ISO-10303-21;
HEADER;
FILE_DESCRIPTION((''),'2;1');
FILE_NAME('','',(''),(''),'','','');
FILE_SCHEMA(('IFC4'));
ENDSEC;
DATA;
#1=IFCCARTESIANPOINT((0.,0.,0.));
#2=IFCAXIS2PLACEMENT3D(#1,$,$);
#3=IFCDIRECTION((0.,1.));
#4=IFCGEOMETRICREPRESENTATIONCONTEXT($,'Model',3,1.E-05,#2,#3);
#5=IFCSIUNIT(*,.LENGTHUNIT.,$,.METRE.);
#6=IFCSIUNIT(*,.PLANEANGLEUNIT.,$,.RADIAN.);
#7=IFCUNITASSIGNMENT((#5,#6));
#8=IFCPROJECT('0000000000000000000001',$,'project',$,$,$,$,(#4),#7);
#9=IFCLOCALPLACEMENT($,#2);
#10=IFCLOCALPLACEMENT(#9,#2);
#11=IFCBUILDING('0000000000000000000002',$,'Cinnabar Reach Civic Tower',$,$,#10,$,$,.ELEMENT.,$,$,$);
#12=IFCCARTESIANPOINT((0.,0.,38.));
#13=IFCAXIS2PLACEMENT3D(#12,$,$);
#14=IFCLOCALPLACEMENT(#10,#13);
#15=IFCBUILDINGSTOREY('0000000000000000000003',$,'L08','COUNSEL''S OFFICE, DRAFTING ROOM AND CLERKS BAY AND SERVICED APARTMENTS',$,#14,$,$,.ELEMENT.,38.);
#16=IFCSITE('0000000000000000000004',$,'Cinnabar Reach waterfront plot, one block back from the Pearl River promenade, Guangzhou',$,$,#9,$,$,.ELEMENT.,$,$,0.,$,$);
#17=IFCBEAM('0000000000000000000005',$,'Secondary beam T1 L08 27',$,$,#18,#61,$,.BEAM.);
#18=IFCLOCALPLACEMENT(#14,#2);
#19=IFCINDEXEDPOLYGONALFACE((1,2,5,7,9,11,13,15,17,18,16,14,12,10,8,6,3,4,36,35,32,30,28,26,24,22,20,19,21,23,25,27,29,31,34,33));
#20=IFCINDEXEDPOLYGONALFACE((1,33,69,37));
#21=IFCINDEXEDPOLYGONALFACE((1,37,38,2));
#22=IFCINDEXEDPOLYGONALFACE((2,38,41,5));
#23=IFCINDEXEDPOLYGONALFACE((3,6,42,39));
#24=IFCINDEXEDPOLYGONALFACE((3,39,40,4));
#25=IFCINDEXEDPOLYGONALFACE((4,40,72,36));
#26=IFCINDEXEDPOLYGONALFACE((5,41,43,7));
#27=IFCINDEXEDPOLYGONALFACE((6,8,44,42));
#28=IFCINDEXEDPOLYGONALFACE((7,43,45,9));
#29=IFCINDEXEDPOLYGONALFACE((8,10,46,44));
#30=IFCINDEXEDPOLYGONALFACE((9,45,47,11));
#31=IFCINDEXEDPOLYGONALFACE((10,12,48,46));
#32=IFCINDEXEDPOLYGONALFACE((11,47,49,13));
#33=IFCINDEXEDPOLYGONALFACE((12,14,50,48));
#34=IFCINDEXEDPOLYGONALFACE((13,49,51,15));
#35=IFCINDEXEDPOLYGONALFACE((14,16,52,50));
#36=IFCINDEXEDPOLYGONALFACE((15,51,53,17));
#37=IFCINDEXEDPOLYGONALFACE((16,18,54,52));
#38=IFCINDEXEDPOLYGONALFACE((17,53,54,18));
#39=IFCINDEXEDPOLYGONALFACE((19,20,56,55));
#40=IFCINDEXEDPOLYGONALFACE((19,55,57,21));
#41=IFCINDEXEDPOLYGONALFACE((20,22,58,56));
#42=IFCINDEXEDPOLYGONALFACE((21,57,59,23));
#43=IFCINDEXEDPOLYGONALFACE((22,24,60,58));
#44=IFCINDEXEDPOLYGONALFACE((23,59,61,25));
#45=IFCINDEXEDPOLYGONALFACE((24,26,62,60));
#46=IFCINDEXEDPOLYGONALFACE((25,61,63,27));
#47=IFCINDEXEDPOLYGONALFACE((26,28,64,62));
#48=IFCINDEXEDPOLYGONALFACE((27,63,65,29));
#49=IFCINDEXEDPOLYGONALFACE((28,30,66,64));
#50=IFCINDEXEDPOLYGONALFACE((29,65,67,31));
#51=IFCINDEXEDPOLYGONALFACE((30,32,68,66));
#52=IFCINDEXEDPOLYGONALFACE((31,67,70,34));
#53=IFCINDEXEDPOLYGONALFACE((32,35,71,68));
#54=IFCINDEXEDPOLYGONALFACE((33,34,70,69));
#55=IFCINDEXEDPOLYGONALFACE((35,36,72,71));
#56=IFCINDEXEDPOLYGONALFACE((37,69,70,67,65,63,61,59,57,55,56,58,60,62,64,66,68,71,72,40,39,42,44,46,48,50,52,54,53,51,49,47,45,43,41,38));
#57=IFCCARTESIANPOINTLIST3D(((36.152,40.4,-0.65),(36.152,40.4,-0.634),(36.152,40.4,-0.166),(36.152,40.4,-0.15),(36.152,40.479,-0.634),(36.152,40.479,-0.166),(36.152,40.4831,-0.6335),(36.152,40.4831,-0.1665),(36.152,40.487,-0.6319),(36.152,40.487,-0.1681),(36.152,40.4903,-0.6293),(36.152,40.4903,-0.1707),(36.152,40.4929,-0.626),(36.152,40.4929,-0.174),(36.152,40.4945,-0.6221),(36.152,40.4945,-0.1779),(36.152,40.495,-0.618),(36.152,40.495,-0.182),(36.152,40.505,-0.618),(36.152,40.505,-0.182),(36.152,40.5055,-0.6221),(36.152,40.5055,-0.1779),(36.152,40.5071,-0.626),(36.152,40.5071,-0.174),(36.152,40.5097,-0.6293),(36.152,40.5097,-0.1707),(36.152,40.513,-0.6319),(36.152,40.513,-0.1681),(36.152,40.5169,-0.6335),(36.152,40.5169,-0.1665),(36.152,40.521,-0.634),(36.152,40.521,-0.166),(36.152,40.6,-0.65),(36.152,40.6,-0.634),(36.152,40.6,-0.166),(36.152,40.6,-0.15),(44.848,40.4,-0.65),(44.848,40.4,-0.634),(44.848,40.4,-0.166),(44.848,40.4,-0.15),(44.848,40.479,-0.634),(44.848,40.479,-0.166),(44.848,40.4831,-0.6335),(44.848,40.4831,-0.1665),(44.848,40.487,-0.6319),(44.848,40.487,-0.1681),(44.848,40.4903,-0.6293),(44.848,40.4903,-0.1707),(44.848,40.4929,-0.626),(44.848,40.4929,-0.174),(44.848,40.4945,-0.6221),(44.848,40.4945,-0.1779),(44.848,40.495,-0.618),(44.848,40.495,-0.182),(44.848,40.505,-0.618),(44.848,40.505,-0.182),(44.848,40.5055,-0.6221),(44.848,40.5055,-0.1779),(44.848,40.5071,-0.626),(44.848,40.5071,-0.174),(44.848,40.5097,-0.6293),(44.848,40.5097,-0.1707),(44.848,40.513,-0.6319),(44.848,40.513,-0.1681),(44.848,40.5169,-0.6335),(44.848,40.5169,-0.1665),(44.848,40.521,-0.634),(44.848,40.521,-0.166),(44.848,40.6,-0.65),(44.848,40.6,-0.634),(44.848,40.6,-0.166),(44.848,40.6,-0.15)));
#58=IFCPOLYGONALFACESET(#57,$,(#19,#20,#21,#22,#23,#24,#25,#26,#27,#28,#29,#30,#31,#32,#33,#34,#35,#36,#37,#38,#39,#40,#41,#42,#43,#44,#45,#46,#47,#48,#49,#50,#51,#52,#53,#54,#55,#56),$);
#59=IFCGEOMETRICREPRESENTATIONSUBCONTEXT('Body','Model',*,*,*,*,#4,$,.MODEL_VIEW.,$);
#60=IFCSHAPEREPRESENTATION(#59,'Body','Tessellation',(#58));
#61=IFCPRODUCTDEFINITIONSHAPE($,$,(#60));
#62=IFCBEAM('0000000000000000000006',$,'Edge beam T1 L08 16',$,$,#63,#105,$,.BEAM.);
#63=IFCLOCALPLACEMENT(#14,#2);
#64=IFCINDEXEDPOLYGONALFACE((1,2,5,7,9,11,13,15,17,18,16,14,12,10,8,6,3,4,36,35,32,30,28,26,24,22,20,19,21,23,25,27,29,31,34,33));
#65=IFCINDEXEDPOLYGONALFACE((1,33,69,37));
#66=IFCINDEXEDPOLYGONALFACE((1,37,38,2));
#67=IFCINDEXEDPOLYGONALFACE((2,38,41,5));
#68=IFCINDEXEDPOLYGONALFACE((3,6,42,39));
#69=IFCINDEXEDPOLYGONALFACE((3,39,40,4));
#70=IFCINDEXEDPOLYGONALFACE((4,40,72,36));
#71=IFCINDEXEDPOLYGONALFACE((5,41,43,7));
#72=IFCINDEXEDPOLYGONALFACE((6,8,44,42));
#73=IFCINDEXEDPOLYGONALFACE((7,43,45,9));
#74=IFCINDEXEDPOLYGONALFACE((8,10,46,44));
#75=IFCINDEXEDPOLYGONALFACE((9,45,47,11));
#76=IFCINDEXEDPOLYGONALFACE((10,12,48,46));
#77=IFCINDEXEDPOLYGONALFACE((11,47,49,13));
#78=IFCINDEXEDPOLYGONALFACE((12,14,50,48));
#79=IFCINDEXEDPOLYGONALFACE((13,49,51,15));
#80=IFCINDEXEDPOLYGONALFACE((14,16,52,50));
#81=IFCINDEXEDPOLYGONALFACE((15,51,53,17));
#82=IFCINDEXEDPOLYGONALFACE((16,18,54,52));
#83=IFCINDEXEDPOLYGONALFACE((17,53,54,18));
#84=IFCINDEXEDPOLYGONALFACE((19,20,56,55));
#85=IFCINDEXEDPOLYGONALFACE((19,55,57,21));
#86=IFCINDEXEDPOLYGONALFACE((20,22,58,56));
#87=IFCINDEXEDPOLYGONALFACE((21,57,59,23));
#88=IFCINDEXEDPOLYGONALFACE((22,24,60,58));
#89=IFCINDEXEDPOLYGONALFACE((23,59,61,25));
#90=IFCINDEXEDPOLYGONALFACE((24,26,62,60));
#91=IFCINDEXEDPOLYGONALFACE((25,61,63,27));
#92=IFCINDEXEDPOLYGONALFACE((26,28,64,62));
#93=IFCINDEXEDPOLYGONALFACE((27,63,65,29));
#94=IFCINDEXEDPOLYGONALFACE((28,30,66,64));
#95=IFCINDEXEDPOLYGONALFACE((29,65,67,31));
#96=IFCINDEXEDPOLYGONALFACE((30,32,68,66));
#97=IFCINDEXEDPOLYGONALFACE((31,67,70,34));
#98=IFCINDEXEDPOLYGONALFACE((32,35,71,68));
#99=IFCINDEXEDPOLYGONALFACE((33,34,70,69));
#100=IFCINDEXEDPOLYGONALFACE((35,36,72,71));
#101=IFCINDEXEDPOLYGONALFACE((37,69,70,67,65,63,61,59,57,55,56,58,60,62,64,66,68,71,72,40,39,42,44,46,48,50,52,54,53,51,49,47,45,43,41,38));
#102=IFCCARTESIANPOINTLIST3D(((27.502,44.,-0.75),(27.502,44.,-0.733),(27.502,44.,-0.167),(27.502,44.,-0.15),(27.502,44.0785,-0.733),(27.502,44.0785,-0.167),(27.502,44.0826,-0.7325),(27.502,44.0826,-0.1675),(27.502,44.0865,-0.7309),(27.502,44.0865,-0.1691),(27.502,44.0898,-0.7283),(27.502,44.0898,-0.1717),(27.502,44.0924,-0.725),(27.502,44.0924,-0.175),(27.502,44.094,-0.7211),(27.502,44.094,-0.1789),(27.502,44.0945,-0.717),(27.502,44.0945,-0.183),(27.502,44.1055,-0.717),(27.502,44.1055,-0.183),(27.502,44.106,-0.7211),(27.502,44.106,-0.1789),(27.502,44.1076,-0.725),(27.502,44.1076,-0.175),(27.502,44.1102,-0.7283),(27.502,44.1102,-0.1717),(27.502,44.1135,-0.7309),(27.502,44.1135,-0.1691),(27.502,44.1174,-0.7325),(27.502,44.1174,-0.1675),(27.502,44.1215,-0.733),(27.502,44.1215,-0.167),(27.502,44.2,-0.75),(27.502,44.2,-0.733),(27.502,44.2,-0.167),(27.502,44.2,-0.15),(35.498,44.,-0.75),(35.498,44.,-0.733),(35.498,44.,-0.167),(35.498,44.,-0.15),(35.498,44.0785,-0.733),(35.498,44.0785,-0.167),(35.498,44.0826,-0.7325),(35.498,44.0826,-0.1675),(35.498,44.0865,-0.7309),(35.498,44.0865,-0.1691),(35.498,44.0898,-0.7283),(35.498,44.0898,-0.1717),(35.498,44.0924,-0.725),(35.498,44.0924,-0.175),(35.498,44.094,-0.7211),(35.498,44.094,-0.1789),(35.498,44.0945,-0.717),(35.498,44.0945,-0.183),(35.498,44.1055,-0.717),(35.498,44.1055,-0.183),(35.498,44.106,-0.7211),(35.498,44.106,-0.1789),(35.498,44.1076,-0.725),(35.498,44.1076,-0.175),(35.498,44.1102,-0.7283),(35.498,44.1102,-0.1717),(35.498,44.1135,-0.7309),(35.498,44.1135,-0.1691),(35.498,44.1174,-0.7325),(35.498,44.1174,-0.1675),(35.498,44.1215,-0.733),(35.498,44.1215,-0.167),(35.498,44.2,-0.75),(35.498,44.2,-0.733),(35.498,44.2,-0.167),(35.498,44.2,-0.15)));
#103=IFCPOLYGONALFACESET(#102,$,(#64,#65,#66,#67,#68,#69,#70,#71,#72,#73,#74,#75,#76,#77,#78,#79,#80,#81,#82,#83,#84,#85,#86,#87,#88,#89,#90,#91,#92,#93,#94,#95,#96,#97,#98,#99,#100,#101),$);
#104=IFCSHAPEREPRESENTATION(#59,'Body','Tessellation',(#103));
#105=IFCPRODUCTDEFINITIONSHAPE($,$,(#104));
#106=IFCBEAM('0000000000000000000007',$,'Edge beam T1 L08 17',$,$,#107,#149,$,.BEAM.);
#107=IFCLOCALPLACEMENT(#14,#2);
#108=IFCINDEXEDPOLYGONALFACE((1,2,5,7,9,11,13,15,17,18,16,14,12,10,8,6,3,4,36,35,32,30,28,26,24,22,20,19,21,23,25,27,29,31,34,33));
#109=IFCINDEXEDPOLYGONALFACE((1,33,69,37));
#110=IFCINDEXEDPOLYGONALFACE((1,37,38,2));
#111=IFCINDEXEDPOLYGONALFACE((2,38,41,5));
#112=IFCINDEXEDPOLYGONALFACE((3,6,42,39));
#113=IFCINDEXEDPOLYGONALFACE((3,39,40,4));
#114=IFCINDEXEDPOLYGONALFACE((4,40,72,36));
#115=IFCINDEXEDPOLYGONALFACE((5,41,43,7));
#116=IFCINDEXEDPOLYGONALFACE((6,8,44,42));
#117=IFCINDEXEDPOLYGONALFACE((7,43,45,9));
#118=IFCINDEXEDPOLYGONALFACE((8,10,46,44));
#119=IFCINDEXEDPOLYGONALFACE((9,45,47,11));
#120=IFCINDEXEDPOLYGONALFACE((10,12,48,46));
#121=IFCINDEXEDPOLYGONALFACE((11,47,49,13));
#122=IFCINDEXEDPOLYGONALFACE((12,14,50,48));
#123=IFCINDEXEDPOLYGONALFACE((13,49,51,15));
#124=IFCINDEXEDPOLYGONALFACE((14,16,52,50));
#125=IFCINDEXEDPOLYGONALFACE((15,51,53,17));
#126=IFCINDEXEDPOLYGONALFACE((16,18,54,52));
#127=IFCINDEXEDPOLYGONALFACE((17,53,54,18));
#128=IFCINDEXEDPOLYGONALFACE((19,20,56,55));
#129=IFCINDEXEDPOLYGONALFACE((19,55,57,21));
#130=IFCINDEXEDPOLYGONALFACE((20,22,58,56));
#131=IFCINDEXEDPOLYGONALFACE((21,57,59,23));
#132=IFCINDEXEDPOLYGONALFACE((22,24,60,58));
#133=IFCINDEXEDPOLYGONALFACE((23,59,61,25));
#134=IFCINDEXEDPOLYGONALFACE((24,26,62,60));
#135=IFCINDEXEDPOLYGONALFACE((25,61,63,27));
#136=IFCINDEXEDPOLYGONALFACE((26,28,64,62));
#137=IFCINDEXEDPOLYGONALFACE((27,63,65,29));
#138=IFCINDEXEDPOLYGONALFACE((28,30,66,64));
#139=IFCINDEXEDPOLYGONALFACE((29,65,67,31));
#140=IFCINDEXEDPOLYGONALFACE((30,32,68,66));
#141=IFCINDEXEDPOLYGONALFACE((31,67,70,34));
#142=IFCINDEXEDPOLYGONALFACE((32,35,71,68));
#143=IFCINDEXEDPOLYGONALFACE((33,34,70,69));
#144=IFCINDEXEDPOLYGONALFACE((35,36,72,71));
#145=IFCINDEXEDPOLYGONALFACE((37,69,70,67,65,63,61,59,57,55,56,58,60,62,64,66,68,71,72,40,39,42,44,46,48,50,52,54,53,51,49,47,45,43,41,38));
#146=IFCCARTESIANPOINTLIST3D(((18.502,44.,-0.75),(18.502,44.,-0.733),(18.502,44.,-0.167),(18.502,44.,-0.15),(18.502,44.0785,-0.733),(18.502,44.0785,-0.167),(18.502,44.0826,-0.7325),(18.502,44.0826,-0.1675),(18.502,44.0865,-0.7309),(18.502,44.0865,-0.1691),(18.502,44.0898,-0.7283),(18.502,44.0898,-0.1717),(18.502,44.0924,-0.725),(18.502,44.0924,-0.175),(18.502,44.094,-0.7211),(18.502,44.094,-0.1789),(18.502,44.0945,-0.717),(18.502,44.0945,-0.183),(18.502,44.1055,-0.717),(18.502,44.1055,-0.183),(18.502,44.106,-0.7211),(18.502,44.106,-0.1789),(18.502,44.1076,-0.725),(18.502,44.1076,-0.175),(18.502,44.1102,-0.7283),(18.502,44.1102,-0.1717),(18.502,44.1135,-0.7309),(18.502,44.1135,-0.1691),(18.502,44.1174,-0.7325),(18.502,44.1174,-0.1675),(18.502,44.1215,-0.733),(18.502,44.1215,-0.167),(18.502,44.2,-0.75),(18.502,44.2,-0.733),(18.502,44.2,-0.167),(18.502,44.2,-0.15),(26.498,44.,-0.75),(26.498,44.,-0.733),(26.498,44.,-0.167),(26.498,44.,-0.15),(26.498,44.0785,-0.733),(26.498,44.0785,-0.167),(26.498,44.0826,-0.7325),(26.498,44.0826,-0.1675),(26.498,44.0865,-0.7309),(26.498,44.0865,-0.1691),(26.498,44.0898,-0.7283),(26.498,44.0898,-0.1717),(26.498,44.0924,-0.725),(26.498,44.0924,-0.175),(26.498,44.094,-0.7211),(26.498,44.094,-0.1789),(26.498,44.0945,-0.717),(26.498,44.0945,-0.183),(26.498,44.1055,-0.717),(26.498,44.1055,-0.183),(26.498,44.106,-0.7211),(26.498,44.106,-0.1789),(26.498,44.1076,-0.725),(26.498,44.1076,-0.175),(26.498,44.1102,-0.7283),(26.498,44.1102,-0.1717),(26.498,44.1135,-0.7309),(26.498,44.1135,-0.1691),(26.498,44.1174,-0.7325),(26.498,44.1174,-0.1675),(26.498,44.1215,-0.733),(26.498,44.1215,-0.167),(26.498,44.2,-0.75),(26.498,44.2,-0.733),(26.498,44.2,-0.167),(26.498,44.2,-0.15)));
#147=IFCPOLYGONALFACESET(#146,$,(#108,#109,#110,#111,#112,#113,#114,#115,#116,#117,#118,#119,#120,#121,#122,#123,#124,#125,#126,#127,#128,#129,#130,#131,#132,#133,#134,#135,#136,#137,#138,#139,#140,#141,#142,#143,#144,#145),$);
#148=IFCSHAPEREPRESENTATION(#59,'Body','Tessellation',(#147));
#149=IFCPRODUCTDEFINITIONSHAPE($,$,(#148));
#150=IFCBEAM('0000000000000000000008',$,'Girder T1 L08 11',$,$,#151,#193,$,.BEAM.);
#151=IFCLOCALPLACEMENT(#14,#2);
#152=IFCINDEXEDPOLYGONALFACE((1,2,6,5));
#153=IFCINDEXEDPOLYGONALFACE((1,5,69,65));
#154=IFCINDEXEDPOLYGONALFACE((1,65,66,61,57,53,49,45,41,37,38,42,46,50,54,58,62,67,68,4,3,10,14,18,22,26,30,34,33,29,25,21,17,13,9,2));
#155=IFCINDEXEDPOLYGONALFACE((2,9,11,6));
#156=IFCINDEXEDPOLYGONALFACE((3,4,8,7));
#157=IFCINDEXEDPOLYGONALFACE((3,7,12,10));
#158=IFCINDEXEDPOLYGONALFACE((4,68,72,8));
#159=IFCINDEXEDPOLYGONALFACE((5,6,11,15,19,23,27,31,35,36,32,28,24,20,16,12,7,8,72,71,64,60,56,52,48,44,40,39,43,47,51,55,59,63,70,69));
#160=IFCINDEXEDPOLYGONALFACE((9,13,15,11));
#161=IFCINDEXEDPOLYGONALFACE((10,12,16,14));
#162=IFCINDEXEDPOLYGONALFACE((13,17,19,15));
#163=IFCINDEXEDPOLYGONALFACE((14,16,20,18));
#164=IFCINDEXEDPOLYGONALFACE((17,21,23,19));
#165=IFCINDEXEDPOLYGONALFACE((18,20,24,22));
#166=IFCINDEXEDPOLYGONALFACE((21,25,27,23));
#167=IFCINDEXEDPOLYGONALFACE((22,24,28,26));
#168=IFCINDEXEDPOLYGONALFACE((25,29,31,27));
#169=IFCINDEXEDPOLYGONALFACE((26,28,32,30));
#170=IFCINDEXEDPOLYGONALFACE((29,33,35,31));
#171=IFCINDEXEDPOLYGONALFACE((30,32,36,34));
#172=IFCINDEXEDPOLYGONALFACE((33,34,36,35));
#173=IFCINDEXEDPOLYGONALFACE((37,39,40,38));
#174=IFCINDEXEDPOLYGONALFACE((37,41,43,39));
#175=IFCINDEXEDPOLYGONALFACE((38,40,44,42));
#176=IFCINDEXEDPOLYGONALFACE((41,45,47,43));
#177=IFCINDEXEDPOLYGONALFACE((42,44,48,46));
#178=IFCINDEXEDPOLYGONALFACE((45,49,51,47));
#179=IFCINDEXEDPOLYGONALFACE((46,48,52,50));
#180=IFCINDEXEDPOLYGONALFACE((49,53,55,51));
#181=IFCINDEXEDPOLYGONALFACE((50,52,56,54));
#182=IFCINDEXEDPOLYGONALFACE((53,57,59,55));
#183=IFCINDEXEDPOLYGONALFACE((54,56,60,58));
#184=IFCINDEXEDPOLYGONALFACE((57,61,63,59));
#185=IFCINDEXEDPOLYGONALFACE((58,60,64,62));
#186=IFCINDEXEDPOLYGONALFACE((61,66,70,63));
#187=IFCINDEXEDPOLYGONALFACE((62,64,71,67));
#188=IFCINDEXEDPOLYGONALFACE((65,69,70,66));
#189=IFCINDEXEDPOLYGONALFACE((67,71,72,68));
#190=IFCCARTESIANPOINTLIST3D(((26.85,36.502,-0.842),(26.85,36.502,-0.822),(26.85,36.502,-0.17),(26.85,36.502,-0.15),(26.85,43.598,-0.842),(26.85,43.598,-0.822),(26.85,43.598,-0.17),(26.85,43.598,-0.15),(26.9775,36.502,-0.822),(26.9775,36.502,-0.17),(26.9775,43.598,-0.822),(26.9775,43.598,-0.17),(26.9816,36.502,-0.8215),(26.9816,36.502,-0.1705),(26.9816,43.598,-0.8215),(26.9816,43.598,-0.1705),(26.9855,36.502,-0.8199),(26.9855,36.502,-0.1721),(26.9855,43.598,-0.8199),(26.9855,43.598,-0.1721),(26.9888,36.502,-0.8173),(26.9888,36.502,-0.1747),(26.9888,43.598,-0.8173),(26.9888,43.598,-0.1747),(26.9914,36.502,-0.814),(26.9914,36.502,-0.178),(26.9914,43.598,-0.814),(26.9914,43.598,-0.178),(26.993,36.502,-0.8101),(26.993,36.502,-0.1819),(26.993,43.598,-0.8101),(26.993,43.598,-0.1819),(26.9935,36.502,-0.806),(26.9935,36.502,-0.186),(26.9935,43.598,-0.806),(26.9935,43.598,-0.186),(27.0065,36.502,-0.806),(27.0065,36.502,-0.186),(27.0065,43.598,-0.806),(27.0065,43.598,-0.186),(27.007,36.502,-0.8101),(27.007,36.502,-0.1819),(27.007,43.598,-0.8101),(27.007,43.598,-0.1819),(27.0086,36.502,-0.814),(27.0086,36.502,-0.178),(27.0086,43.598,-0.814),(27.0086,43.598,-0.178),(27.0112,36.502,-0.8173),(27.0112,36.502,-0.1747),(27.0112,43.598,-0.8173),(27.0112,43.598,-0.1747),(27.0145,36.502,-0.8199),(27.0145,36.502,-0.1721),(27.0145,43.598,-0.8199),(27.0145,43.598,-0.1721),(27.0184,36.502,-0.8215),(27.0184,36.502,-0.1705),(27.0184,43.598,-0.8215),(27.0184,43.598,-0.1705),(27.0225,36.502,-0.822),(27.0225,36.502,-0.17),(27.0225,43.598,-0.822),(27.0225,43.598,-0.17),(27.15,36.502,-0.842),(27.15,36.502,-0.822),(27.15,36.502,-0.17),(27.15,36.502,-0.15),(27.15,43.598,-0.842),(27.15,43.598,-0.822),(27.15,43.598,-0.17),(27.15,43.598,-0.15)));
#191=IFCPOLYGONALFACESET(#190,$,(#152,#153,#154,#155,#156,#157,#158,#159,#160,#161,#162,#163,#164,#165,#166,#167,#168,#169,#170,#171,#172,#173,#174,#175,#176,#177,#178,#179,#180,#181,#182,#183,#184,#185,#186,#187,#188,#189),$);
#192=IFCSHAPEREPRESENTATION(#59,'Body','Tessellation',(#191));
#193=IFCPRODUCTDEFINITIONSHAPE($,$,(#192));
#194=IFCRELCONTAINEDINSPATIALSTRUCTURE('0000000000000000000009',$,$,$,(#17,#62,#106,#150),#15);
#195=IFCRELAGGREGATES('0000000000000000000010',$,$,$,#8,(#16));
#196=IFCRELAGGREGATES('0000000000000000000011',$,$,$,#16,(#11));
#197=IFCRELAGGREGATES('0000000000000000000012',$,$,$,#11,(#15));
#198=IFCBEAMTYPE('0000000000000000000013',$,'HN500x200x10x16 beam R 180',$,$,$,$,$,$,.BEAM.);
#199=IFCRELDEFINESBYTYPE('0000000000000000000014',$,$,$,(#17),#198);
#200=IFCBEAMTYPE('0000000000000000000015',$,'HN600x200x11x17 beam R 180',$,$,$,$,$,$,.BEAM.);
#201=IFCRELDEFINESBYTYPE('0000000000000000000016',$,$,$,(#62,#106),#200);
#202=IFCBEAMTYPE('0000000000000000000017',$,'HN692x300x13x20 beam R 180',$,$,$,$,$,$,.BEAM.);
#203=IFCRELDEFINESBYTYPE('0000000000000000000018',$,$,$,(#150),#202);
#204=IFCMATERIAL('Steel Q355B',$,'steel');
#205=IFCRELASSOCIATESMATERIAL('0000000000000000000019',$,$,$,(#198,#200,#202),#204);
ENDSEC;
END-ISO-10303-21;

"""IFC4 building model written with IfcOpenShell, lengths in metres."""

from ifc_helpers import new_model, si_unit, direction, frame, origin, origin_2d, place, context, subcontext, project, spatial, i_section, extrude, material, material_profile, profile_set, type_object, element, save


model = new_model("IFC4")

# Units and contexts
model_context = context("Model", 3, precision=1e-05, world=origin(), true_north=direction((0.0, 1.0)))
body_context = subcontext(model_context, "Body", "Model", "MODEL_VIEW")
ifc_project = project(units=[si_unit("LENGTHUNIT", "METRE"), si_unit("PLANEANGLEUNIT", "RADIAN")], contexts=[model_context])

# Site, building, storey
site_placement = place(None, origin())
site = spatial("IfcSite", under=ifc_project, at=site_placement, Name="Cinnabar Reach waterfront plot, one block back from the Pearl River promenade, Guangzhou", CompositionType="ELEMENT", RefElevation=0.0)
building_placement = place(site_placement, origin())
building = spatial("IfcBuilding", under=site, at=building_placement, Name="Cinnabar Reach Civic Tower", CompositionType="ELEMENT")
storey_placement = place(building_placement, frame((0.0, 0.0, 38.0)))
storey = spatial("IfcBuildingStorey", under=building, at=storey_placement, Name="L08", Description="COUNSEL'S OFFICE, DRAFTING ROOM AND CLERKS BAY AND SERVICED APARTMENTS", CompositionType="ELEMENT", Elevation=38.0)

# Beams
ifc_material_1 = material(Name="Steel Q355B", Category="steel")
ifc_material_profile_1 = material_profile(ifc_material_1, i_section(OverallWidth=0.2, OverallDepth=0.5, WebThickness=0.01, FlangeThickness=0.016, FilletRadius=0.016, at=origin_2d()), Name="HN500x200x10x16")
ifc_profile_set_1 = profile_set([ifc_material_profile_1], Name="Steel Q355B")
beam_type_1 = type_object("IfcBeamType", Name="HN500x200x10x16 beam R 180", PredefinedType="BEAM", material=ifc_profile_set_1)
for number, where, z_axis, x_axis, name in (
    (1, (36.152, 40.5, -0.4), (1.0, 0.0, 0.0), (0.0, 1.0, 0.0), "Secondary beam T1 L08 27"),
):
    element("IfcBeam", number, at=place(storey_placement, frame(where, z_axis=z_axis, x_axis=x_axis)), inside=storey, type_object=beam_type_1, Name=name, PredefinedType="BEAM", context=body_context, shape_type="SweptSolid", body=[
        extrude(i_section(OverallWidth=0.2, OverallDepth=0.5, WebThickness=0.01, FlangeThickness=0.016, FilletRadius=0.016, at=origin_2d()), origin(), (0.0, 0.0, 1.0), 8.696),
    ])
ifc_material_profile_2 = material_profile(ifc_material_1, i_section(OverallWidth=0.2, OverallDepth=0.6, WebThickness=0.011, FlangeThickness=0.017, FilletRadius=0.016, at=origin_2d()), Name="HN600x200x11x17")
ifc_profile_set_2 = profile_set([ifc_material_profile_2], Name="Steel Q355B")
beam_type_2 = type_object("IfcBeamType", Name="HN600x200x11x17 beam R 180", PredefinedType="BEAM", material=ifc_profile_set_2)
for number, where, z_axis, x_axis, name in (
    (2, (35.498, 44.1, -0.45), (-1.0, 0.0, 0.0), (0.0, -1.0, 0.0), "Edge beam T1 L08 16"),
    (3, (26.498, 44.1, -0.45), (-1.0, 0.0, 0.0), (0.0, -1.0, 0.0), "Edge beam T1 L08 17"),
):
    element("IfcBeam", number, at=place(storey_placement, frame(where, z_axis=z_axis, x_axis=x_axis)), inside=storey, type_object=beam_type_2, Name=name, PredefinedType="BEAM", context=body_context, shape_type="SweptSolid", body=[
        extrude(i_section(OverallWidth=0.2, OverallDepth=0.6, WebThickness=0.011, FlangeThickness=0.017, FilletRadius=0.016, at=origin_2d()), origin(), (0.0, 0.0, 1.0), 7.996),
    ])
ifc_material_profile_3 = material_profile(ifc_material_1, i_section(OverallWidth=0.3, OverallDepth=0.692, WebThickness=0.013, FlangeThickness=0.02, FilletRadius=0.016, at=origin_2d()), Name="HN692x300x13x20")
ifc_profile_set_3 = profile_set([ifc_material_profile_3], Name="Steel Q355B")
beam_type_3 = type_object("IfcBeamType", Name="HN692x300x13x20 beam R 180", PredefinedType="BEAM", material=ifc_profile_set_3)
for number, where, z_axis, x_axis, name in (
    (4, (27.0, 36.502, -0.496), (0.0, 1.0, 0.0), (-1.0, 0.0, 0.0), "Girder T1 L08 11"),
):
    element("IfcBeam", number, at=place(storey_placement, frame(where, z_axis=z_axis, x_axis=x_axis)), inside=storey, type_object=beam_type_3, Name=name, PredefinedType="BEAM", context=body_context, shape_type="SweptSolid", body=[
        extrude(i_section(OverallWidth=0.3, OverallDepth=0.692, WebThickness=0.013, FlangeThickness=0.02, FilletRadius=0.016, at=origin_2d()), origin(), (0.0, 0.0, 1.0), 7.096),
    ])

save(model, "model.ifc")
